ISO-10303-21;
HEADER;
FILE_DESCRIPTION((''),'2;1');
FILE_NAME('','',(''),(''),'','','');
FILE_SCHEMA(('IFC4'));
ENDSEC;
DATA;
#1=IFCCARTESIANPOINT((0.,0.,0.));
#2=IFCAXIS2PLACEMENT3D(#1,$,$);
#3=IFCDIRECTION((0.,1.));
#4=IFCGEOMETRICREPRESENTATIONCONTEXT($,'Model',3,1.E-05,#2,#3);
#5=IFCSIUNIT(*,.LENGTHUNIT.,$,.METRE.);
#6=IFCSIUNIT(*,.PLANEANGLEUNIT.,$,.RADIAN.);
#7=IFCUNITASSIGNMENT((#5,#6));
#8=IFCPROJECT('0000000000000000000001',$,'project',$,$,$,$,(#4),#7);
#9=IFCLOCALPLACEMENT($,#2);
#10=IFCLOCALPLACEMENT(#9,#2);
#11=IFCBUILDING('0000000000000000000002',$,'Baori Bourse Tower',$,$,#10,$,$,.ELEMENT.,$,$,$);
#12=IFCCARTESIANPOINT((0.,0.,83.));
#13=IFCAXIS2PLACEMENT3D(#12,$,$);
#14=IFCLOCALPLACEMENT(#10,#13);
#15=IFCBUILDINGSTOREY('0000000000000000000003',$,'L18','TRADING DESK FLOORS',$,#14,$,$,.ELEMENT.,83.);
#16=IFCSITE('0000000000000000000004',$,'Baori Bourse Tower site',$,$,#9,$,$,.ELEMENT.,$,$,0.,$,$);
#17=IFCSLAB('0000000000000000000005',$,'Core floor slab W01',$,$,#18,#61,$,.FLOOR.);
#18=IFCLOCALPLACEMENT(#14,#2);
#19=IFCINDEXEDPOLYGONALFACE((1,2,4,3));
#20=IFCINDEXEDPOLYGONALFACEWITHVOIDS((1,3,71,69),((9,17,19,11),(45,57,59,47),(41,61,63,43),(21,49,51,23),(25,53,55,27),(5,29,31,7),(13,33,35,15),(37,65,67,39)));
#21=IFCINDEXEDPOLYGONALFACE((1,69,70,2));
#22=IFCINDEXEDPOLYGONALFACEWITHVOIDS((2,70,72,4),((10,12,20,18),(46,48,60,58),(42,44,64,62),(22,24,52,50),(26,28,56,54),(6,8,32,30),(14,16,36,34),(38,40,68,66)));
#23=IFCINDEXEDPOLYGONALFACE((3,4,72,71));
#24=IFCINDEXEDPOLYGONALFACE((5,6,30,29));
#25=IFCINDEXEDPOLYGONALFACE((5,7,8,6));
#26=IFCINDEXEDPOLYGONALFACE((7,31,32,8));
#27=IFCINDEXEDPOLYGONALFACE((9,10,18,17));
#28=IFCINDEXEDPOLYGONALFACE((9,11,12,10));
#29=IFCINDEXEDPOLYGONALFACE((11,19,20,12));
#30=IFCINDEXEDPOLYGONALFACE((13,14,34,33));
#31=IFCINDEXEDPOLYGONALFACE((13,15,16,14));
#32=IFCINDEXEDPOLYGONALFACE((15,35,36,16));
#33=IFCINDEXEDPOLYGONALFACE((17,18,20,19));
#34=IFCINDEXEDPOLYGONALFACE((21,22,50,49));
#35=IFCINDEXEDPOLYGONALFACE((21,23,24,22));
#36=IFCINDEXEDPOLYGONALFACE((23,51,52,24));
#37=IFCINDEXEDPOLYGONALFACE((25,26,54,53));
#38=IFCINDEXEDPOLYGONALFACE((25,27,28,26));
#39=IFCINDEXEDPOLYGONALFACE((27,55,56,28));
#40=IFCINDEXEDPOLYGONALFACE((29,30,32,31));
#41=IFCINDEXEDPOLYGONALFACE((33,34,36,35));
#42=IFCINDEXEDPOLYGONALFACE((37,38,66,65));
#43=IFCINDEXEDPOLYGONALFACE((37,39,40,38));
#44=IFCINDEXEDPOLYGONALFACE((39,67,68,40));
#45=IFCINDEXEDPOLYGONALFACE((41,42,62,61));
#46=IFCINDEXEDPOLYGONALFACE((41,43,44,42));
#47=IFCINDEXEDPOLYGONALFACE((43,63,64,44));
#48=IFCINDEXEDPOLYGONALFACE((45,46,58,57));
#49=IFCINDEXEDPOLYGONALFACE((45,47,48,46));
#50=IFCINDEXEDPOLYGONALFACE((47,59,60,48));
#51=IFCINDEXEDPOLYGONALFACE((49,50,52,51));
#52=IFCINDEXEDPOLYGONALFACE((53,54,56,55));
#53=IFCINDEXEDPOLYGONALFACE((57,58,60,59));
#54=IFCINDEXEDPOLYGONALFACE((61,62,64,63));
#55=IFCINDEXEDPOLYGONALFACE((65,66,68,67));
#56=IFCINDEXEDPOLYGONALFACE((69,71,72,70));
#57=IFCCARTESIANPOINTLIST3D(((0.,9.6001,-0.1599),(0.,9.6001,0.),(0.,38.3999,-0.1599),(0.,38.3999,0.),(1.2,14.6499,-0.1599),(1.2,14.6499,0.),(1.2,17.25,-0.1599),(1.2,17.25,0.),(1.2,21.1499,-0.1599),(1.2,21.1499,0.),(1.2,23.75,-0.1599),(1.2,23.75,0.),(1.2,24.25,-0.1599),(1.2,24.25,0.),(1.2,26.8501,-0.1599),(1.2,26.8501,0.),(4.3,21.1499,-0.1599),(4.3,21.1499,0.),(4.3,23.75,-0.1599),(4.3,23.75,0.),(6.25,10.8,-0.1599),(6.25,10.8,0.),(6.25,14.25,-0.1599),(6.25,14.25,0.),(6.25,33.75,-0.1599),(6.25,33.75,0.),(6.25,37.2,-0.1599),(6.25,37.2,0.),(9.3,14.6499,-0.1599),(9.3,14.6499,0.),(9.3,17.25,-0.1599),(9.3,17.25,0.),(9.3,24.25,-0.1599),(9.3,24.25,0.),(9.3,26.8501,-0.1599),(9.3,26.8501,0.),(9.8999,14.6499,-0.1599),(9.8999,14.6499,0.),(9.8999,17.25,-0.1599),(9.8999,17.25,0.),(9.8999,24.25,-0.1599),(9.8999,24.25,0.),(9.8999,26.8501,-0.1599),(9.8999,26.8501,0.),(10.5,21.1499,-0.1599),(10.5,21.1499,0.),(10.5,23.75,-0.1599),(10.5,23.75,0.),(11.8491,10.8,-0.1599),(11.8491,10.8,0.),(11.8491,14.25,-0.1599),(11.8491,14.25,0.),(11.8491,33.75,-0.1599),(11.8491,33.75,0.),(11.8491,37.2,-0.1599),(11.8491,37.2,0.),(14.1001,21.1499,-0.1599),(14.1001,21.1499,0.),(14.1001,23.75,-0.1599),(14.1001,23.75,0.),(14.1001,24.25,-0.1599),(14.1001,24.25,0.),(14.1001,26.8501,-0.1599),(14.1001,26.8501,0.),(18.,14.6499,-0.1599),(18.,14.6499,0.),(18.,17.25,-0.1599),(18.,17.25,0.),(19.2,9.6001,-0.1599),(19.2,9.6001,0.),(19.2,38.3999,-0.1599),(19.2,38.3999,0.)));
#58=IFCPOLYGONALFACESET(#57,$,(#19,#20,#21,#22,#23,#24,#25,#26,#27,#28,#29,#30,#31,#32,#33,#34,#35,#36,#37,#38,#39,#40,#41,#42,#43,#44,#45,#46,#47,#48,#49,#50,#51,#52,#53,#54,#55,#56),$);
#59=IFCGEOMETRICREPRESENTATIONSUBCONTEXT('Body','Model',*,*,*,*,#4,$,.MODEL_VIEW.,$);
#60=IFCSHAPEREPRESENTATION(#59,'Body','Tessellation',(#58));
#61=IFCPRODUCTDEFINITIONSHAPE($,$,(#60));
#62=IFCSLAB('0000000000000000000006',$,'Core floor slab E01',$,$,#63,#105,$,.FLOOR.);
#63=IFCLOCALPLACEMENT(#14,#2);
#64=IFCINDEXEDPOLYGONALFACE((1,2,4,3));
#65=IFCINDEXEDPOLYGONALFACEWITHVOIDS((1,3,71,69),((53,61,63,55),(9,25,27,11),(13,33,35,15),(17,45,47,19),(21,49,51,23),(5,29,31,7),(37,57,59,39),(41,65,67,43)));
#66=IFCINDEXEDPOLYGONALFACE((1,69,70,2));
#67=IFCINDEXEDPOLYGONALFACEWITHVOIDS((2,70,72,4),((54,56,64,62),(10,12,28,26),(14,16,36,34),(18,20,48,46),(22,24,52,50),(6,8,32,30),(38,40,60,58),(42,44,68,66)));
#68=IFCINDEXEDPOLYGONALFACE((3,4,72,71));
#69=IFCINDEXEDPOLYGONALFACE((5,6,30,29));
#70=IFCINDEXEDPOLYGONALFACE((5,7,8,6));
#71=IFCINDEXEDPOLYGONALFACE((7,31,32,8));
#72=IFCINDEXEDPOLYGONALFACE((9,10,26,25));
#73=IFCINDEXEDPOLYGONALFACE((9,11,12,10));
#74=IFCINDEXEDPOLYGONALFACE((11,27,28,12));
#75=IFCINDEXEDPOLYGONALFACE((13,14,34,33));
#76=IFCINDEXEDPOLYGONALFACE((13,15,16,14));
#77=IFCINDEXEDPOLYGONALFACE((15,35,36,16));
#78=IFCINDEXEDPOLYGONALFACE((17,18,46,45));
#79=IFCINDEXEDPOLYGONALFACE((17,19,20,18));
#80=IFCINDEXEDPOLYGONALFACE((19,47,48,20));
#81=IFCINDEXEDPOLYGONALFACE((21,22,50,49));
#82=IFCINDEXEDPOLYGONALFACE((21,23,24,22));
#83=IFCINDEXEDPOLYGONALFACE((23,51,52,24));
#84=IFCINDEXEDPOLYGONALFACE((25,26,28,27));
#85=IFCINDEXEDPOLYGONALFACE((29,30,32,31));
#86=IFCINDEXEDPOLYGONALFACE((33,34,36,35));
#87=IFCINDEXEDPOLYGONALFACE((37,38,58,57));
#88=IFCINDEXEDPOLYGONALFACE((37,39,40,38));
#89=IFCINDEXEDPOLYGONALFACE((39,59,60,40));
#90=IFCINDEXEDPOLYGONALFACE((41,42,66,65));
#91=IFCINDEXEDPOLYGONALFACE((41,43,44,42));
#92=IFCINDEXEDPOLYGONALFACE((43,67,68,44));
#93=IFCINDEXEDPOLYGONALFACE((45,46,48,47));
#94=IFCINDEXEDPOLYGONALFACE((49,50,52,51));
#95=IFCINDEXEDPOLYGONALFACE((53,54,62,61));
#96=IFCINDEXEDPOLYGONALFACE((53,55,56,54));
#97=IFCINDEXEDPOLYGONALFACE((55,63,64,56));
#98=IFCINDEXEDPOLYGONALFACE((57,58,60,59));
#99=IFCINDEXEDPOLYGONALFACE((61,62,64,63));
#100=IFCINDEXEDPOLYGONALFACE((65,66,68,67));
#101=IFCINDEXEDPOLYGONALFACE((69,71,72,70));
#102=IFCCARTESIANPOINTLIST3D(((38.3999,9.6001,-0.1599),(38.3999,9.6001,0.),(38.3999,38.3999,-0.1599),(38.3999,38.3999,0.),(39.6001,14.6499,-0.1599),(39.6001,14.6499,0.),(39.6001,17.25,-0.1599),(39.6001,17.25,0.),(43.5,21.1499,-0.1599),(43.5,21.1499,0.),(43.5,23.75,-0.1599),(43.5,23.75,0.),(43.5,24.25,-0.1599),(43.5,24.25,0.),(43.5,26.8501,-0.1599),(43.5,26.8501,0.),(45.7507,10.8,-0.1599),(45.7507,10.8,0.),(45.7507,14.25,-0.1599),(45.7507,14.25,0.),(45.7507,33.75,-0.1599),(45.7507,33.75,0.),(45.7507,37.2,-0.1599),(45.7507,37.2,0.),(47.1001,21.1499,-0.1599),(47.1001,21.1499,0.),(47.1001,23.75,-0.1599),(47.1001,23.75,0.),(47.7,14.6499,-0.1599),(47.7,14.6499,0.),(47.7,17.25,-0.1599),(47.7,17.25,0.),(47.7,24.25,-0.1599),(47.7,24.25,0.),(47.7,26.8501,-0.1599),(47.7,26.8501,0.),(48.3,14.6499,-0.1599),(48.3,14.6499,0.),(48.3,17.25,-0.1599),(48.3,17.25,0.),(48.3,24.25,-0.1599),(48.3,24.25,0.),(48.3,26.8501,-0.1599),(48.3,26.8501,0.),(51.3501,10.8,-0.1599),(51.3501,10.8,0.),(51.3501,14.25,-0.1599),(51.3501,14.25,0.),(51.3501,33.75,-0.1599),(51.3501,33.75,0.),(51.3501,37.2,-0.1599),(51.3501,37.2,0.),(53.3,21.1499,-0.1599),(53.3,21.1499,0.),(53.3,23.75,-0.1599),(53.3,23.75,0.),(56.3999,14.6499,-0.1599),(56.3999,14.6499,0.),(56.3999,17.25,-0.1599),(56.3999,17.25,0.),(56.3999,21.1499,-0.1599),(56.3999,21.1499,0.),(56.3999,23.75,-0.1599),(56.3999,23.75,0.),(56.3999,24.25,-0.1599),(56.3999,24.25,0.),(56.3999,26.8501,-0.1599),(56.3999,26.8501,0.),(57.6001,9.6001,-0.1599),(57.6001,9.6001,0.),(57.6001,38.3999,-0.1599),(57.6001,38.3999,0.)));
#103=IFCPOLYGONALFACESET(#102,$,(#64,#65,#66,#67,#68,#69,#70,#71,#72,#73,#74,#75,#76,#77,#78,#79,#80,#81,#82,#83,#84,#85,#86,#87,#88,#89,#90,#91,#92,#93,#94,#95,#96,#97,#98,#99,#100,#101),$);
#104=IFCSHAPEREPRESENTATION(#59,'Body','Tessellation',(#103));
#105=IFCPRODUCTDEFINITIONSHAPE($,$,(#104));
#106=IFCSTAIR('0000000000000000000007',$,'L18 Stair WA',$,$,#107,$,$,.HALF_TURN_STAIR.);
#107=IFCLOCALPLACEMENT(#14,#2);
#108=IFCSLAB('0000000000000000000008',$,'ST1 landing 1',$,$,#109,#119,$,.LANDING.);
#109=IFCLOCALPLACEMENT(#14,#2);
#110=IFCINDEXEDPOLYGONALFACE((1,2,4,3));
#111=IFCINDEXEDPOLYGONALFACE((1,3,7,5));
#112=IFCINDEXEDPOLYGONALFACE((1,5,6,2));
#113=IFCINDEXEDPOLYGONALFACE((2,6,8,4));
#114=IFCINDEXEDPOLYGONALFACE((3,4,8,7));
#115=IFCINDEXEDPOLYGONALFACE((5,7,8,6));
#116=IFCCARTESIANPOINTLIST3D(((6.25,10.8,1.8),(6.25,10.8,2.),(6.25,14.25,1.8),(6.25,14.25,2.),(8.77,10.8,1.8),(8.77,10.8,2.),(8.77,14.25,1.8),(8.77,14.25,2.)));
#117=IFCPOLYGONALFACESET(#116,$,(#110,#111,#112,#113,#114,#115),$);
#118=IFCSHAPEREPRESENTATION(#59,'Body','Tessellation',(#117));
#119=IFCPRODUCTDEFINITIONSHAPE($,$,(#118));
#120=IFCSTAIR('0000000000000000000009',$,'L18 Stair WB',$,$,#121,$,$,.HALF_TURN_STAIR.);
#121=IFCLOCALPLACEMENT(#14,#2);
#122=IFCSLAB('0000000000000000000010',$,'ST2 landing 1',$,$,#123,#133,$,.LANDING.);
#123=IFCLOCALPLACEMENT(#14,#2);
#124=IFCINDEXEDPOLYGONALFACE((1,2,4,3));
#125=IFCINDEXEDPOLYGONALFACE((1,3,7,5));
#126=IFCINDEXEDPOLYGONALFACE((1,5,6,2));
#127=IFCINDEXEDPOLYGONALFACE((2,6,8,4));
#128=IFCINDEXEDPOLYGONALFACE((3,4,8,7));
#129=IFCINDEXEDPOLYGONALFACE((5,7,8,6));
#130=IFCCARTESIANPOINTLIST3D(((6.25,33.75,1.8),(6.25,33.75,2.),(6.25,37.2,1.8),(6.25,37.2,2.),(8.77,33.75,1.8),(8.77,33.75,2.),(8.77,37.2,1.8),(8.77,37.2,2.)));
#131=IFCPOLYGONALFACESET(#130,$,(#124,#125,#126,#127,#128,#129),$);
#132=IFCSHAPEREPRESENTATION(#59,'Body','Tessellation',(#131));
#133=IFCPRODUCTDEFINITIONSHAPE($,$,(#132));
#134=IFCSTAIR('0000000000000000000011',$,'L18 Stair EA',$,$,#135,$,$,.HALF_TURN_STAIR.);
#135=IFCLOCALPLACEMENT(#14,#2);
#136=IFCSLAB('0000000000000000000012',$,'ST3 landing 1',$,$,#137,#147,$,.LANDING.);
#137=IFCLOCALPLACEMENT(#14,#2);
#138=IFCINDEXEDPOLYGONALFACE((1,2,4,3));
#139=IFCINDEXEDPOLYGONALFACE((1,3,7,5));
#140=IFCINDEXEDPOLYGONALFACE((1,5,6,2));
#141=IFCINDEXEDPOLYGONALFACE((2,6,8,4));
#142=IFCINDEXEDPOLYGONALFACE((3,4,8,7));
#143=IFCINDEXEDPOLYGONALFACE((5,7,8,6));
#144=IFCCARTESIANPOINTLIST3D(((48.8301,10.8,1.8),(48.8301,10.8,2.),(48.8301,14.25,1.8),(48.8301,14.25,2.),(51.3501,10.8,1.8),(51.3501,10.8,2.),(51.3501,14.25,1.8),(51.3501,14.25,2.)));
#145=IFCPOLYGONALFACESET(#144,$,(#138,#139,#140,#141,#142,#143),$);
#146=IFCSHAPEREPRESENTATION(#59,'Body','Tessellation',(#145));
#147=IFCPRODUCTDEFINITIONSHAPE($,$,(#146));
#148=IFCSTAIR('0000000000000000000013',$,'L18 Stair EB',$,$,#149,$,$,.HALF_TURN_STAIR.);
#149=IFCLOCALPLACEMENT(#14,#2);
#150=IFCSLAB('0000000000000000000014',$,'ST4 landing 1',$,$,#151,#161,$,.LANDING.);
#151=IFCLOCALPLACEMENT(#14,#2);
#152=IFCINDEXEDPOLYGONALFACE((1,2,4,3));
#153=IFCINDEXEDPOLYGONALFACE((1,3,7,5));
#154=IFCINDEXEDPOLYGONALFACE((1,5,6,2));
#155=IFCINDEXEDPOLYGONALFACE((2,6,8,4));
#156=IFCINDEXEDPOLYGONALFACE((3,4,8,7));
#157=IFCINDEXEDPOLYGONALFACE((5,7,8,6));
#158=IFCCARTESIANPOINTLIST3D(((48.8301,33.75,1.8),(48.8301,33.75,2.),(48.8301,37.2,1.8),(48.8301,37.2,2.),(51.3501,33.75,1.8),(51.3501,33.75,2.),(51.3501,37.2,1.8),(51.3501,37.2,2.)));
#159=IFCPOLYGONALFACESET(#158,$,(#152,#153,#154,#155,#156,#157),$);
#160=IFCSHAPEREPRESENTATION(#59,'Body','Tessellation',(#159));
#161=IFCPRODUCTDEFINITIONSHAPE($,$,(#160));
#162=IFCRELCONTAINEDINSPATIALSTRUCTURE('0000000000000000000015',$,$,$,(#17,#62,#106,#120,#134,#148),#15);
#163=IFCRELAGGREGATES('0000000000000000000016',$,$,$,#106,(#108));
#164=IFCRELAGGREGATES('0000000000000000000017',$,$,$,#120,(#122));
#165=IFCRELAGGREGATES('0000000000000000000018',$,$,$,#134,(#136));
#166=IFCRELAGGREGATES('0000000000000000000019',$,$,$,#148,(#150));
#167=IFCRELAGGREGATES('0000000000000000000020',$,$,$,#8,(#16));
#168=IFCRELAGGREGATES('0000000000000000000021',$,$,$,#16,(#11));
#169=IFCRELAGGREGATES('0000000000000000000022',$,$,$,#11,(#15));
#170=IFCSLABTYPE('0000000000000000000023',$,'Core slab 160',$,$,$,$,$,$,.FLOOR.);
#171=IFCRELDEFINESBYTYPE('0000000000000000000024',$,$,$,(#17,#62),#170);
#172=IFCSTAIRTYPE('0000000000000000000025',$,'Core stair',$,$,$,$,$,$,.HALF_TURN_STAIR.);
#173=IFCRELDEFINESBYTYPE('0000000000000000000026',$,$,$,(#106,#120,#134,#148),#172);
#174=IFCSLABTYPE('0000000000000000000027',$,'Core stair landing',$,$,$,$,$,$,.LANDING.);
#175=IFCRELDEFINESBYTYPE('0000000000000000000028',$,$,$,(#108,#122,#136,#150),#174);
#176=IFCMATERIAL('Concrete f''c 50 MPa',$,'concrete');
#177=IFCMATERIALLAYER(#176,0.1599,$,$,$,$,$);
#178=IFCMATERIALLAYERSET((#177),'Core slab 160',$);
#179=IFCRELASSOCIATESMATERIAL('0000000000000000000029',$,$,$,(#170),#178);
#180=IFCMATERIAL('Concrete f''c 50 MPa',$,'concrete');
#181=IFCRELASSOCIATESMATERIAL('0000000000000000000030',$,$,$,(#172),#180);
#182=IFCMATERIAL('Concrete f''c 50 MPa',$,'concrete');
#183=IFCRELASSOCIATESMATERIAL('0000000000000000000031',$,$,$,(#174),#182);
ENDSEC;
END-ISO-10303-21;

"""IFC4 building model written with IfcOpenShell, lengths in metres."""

from ifc_helpers import new_model, si_unit, direction, frame, origin, place, context, subcontext, project, spatial, polyline, outline, extrude, material, layer, layer_set, type_object, element, aggregate, save


model = new_model("IFC4")

# Units and contexts
model_context = context("Model", 3, precision=1e-05, world=origin(), true_north=direction((0.0, 1.0)))
body_context = subcontext(model_context, "Body", "Model", "MODEL_VIEW")
ifc_project = project(units=[si_unit("LENGTHUNIT", "METRE"), si_unit("PLANEANGLEUNIT", "RADIAN")], contexts=[model_context])

# Site, building, storey
site_placement = place(None, origin())
site = spatial("IfcSite", under=ifc_project, at=site_placement, Name="Baori Bourse Tower site", CompositionType="ELEMENT", RefElevation=0.0)
building_placement = place(site_placement, origin())
building = spatial("IfcBuilding", under=site, at=building_placement, Name="Baori Bourse Tower", CompositionType="ELEMENT")
storey_placement = place(building_placement, frame((0.0, 0.0, 83.0)))
storey = spatial("IfcBuildingStorey", under=building, at=storey_placement, Name="L18", Description="TRADING DESK FLOORS", CompositionType="ELEMENT", Elevation=83.0)

# Slabs
ifc_material_1 = material(Name="Concrete f'c 50 MPa", Category="concrete")
ifc_layer_1 = layer(ifc_material_1, 0.1599)
ifc_layer_set_1 = layer_set([ifc_layer_1], Name="Core slab 160")
slab_type_1 = type_object("IfcSlabType", Name="Core slab 160", PredefinedType="FLOOR", material=ifc_layer_set_1)
slab_1_placement = place(storey_placement, frame((0.0, 0.0, -0.1599)))
element("IfcSlab", 1, at=slab_1_placement, inside=storey, type_object=slab_type_1, Name="Core floor slab W01", PredefinedType="FLOOR", context=body_context, shape_type="SweptSolid", body=[
    extrude(outline(polyline([(19.2, 9.6001), (19.2, 38.3999), (0.0, 38.3999), (0.0, 9.6001), (19.2, 9.6001)]), holes=[polyline([(9.8999, 14.6499), (9.8999, 17.25), (18.0, 17.25), (18.0, 14.6499), (9.8999, 14.6499)]), polyline([(10.5, 21.1499), (10.5, 23.75), (14.1001, 23.75), (14.1001, 21.1499), (10.5, 21.1499)]), polyline([(14.1001, 24.25), (9.8999, 24.25), (9.8999, 26.8501), (14.1001, 26.8501), (14.1001, 24.25)]), polyline([(6.25, 14.25), (11.8491, 14.25), (11.8491, 10.8), (6.25, 10.8), (6.25, 14.25)]), polyline([(11.8491, 37.2), (11.8491, 33.75), (6.25, 33.75), (6.25, 37.2), (11.8491, 37.2)]), polyline([(1.2, 26.8501), (9.3, 26.8501), (9.3, 24.25), (1.2, 24.25), (1.2, 26.8501)]), polyline([(9.3, 14.6499), (1.2, 14.6499), (1.2, 17.25), (9.3, 17.25), (9.3, 14.6499)]), polyline([(4.3, 23.75), (4.3, 21.1499), (1.2, 21.1499), (1.2, 23.75), (4.3, 23.75)])]), origin(), (0.0, 0.0, 1.0), 0.1599),
])
slab_2_placement = place(storey_placement, frame((0.0, 0.0, -0.1599)))
element("IfcSlab", 2, at=slab_2_placement, inside=storey, type_object=slab_type_1, Name="Core floor slab E01", PredefinedType="FLOOR", context=body_context, shape_type="SweptSolid", body=[
    extrude(outline(polyline([(38.3999, 9.6001), (57.6001, 9.6001), (57.6001, 38.3999), (38.3999, 38.3999), (38.3999, 9.6001)]), holes=[polyline([(48.3, 14.6499), (48.3, 17.25), (56.3999, 17.25), (56.3999, 14.6499), (48.3, 14.6499)]), polyline([(56.3999, 21.1499), (53.3, 21.1499), (53.3, 23.75), (56.3999, 23.75), (56.3999, 21.1499)]), polyline([(56.3999, 26.8501), (56.3999, 24.25), (48.3, 24.25), (48.3, 26.8501), (56.3999, 26.8501)]), polyline([(45.7507, 14.25), (51.3501, 14.25), (51.3501, 10.8), (45.7507, 10.8), (45.7507, 14.25)]), polyline([(51.3501, 37.2), (51.3501, 33.75), (45.7507, 33.75), (45.7507, 37.2), (51.3501, 37.2)]), polyline([(39.6001, 17.25), (47.7, 17.25), (47.7, 14.6499), (39.6001, 14.6499), (39.6001, 17.25)]), polyline([(43.5, 24.25), (43.5, 26.8501), (47.7, 26.8501), (47.7, 24.25), (43.5, 24.25)]), polyline([(43.5, 23.75), (47.1001, 23.75), (47.1001, 21.1499), (43.5, 21.1499), (43.5, 23.75)])]), origin(), (0.0, 0.0, 1.0), 0.1599),
])

# Stairs, slabs
ifc_material_2 = material(Name="Concrete f'c 50 MPa", Category="concrete")
stair_type = type_object("IfcStairType", Name="Core stair", PredefinedType="HALF_TURN_STAIR", material=ifc_material_2)
stair_1_placement = place(storey_placement, origin())
stair_1 = element("IfcStair", 3, at=stair_1_placement, inside=storey, type_object=stair_type, Name="L18 Stair WA", PredefinedType="HALF_TURN_STAIR")
ifc_material_3 = material(Name="Concrete f'c 50 MPa", Category="concrete")
slab_type_2 = type_object("IfcSlabType", Name="Core stair landing", PredefinedType="LANDING", material=ifc_material_3)
slab_3_placement = place(storey_placement, frame((0.0, 0.0, 1.8)))
slab_3 = element("IfcSlab", 4, at=slab_3_placement, type_object=slab_type_2, Name="ST1 landing 1", PredefinedType="LANDING", context=body_context, shape_type="SweptSolid", body=[
    extrude(outline(polyline([(8.77, 14.25), (6.25, 14.25), (6.25, 10.8), (8.77, 10.8), (8.77, 14.25)])), origin(), (0.0, 0.0, 1.0), 0.2),
])
aggregate(stair_1, [slab_3])
stair_2_placement = place(storey_placement, origin())
stair_2 = element("IfcStair", 5, at=stair_2_placement, inside=storey, type_object=stair_type, Name="L18 Stair WB", PredefinedType="HALF_TURN_STAIR")
slab_4_placement = place(storey_placement, frame((0.0, 0.0, 1.8)))
slab_4 = element("IfcSlab", 6, at=slab_4_placement, type_object=slab_type_2, Name="ST2 landing 1", PredefinedType="LANDING", context=body_context, shape_type="SweptSolid", body=[
    extrude(outline(polyline([(8.77, 37.2), (6.25, 37.2), (6.25, 33.75), (8.77, 33.75), (8.77, 37.2)])), origin(), (0.0, 0.0, 1.0), 0.2),
])
aggregate(stair_2, [slab_4])
stair_3_placement = place(storey_placement, origin())
stair_3 = element("IfcStair", 7, at=stair_3_placement, inside=storey, type_object=stair_type, Name="L18 Stair EA", PredefinedType="HALF_TURN_STAIR")
slab_5_placement = place(storey_placement, frame((0.0, 0.0, 1.8)))
slab_5 = element("IfcSlab", 8, at=slab_5_placement, type_object=slab_type_2, Name="ST3 landing 1", PredefinedType="LANDING", context=body_context, shape_type="SweptSolid", body=[
    extrude(outline(polyline([(48.8301, 10.8), (51.3501, 10.8), (51.3501, 14.25), (48.8301, 14.25), (48.8301, 10.8)])), origin(), (0.0, 0.0, 1.0), 0.2),
])
aggregate(stair_3, [slab_5])
stair_4_placement = place(storey_placement, origin())
stair_4 = element("IfcStair", 9, at=stair_4_placement, inside=storey, type_object=stair_type, Name="L18 Stair EB", PredefinedType="HALF_TURN_STAIR")
slab_6_placement = place(storey_placement, frame((0.0, 0.0, 1.8)))
slab_6 = element("IfcSlab", 10, at=slab_6_placement, type_object=slab_type_2, Name="ST4 landing 1", PredefinedType="LANDING", context=body_context, shape_type="SweptSolid", body=[
    extrude(outline(polyline([(48.8301, 33.75), (51.3501, 33.75), (51.3501, 37.2), (48.8301, 37.2), (48.8301, 33.75)])), origin(), (0.0, 0.0, 1.0), 0.2),
])
aggregate(stair_4, [slab_6])

save(model, "model.ifc")
